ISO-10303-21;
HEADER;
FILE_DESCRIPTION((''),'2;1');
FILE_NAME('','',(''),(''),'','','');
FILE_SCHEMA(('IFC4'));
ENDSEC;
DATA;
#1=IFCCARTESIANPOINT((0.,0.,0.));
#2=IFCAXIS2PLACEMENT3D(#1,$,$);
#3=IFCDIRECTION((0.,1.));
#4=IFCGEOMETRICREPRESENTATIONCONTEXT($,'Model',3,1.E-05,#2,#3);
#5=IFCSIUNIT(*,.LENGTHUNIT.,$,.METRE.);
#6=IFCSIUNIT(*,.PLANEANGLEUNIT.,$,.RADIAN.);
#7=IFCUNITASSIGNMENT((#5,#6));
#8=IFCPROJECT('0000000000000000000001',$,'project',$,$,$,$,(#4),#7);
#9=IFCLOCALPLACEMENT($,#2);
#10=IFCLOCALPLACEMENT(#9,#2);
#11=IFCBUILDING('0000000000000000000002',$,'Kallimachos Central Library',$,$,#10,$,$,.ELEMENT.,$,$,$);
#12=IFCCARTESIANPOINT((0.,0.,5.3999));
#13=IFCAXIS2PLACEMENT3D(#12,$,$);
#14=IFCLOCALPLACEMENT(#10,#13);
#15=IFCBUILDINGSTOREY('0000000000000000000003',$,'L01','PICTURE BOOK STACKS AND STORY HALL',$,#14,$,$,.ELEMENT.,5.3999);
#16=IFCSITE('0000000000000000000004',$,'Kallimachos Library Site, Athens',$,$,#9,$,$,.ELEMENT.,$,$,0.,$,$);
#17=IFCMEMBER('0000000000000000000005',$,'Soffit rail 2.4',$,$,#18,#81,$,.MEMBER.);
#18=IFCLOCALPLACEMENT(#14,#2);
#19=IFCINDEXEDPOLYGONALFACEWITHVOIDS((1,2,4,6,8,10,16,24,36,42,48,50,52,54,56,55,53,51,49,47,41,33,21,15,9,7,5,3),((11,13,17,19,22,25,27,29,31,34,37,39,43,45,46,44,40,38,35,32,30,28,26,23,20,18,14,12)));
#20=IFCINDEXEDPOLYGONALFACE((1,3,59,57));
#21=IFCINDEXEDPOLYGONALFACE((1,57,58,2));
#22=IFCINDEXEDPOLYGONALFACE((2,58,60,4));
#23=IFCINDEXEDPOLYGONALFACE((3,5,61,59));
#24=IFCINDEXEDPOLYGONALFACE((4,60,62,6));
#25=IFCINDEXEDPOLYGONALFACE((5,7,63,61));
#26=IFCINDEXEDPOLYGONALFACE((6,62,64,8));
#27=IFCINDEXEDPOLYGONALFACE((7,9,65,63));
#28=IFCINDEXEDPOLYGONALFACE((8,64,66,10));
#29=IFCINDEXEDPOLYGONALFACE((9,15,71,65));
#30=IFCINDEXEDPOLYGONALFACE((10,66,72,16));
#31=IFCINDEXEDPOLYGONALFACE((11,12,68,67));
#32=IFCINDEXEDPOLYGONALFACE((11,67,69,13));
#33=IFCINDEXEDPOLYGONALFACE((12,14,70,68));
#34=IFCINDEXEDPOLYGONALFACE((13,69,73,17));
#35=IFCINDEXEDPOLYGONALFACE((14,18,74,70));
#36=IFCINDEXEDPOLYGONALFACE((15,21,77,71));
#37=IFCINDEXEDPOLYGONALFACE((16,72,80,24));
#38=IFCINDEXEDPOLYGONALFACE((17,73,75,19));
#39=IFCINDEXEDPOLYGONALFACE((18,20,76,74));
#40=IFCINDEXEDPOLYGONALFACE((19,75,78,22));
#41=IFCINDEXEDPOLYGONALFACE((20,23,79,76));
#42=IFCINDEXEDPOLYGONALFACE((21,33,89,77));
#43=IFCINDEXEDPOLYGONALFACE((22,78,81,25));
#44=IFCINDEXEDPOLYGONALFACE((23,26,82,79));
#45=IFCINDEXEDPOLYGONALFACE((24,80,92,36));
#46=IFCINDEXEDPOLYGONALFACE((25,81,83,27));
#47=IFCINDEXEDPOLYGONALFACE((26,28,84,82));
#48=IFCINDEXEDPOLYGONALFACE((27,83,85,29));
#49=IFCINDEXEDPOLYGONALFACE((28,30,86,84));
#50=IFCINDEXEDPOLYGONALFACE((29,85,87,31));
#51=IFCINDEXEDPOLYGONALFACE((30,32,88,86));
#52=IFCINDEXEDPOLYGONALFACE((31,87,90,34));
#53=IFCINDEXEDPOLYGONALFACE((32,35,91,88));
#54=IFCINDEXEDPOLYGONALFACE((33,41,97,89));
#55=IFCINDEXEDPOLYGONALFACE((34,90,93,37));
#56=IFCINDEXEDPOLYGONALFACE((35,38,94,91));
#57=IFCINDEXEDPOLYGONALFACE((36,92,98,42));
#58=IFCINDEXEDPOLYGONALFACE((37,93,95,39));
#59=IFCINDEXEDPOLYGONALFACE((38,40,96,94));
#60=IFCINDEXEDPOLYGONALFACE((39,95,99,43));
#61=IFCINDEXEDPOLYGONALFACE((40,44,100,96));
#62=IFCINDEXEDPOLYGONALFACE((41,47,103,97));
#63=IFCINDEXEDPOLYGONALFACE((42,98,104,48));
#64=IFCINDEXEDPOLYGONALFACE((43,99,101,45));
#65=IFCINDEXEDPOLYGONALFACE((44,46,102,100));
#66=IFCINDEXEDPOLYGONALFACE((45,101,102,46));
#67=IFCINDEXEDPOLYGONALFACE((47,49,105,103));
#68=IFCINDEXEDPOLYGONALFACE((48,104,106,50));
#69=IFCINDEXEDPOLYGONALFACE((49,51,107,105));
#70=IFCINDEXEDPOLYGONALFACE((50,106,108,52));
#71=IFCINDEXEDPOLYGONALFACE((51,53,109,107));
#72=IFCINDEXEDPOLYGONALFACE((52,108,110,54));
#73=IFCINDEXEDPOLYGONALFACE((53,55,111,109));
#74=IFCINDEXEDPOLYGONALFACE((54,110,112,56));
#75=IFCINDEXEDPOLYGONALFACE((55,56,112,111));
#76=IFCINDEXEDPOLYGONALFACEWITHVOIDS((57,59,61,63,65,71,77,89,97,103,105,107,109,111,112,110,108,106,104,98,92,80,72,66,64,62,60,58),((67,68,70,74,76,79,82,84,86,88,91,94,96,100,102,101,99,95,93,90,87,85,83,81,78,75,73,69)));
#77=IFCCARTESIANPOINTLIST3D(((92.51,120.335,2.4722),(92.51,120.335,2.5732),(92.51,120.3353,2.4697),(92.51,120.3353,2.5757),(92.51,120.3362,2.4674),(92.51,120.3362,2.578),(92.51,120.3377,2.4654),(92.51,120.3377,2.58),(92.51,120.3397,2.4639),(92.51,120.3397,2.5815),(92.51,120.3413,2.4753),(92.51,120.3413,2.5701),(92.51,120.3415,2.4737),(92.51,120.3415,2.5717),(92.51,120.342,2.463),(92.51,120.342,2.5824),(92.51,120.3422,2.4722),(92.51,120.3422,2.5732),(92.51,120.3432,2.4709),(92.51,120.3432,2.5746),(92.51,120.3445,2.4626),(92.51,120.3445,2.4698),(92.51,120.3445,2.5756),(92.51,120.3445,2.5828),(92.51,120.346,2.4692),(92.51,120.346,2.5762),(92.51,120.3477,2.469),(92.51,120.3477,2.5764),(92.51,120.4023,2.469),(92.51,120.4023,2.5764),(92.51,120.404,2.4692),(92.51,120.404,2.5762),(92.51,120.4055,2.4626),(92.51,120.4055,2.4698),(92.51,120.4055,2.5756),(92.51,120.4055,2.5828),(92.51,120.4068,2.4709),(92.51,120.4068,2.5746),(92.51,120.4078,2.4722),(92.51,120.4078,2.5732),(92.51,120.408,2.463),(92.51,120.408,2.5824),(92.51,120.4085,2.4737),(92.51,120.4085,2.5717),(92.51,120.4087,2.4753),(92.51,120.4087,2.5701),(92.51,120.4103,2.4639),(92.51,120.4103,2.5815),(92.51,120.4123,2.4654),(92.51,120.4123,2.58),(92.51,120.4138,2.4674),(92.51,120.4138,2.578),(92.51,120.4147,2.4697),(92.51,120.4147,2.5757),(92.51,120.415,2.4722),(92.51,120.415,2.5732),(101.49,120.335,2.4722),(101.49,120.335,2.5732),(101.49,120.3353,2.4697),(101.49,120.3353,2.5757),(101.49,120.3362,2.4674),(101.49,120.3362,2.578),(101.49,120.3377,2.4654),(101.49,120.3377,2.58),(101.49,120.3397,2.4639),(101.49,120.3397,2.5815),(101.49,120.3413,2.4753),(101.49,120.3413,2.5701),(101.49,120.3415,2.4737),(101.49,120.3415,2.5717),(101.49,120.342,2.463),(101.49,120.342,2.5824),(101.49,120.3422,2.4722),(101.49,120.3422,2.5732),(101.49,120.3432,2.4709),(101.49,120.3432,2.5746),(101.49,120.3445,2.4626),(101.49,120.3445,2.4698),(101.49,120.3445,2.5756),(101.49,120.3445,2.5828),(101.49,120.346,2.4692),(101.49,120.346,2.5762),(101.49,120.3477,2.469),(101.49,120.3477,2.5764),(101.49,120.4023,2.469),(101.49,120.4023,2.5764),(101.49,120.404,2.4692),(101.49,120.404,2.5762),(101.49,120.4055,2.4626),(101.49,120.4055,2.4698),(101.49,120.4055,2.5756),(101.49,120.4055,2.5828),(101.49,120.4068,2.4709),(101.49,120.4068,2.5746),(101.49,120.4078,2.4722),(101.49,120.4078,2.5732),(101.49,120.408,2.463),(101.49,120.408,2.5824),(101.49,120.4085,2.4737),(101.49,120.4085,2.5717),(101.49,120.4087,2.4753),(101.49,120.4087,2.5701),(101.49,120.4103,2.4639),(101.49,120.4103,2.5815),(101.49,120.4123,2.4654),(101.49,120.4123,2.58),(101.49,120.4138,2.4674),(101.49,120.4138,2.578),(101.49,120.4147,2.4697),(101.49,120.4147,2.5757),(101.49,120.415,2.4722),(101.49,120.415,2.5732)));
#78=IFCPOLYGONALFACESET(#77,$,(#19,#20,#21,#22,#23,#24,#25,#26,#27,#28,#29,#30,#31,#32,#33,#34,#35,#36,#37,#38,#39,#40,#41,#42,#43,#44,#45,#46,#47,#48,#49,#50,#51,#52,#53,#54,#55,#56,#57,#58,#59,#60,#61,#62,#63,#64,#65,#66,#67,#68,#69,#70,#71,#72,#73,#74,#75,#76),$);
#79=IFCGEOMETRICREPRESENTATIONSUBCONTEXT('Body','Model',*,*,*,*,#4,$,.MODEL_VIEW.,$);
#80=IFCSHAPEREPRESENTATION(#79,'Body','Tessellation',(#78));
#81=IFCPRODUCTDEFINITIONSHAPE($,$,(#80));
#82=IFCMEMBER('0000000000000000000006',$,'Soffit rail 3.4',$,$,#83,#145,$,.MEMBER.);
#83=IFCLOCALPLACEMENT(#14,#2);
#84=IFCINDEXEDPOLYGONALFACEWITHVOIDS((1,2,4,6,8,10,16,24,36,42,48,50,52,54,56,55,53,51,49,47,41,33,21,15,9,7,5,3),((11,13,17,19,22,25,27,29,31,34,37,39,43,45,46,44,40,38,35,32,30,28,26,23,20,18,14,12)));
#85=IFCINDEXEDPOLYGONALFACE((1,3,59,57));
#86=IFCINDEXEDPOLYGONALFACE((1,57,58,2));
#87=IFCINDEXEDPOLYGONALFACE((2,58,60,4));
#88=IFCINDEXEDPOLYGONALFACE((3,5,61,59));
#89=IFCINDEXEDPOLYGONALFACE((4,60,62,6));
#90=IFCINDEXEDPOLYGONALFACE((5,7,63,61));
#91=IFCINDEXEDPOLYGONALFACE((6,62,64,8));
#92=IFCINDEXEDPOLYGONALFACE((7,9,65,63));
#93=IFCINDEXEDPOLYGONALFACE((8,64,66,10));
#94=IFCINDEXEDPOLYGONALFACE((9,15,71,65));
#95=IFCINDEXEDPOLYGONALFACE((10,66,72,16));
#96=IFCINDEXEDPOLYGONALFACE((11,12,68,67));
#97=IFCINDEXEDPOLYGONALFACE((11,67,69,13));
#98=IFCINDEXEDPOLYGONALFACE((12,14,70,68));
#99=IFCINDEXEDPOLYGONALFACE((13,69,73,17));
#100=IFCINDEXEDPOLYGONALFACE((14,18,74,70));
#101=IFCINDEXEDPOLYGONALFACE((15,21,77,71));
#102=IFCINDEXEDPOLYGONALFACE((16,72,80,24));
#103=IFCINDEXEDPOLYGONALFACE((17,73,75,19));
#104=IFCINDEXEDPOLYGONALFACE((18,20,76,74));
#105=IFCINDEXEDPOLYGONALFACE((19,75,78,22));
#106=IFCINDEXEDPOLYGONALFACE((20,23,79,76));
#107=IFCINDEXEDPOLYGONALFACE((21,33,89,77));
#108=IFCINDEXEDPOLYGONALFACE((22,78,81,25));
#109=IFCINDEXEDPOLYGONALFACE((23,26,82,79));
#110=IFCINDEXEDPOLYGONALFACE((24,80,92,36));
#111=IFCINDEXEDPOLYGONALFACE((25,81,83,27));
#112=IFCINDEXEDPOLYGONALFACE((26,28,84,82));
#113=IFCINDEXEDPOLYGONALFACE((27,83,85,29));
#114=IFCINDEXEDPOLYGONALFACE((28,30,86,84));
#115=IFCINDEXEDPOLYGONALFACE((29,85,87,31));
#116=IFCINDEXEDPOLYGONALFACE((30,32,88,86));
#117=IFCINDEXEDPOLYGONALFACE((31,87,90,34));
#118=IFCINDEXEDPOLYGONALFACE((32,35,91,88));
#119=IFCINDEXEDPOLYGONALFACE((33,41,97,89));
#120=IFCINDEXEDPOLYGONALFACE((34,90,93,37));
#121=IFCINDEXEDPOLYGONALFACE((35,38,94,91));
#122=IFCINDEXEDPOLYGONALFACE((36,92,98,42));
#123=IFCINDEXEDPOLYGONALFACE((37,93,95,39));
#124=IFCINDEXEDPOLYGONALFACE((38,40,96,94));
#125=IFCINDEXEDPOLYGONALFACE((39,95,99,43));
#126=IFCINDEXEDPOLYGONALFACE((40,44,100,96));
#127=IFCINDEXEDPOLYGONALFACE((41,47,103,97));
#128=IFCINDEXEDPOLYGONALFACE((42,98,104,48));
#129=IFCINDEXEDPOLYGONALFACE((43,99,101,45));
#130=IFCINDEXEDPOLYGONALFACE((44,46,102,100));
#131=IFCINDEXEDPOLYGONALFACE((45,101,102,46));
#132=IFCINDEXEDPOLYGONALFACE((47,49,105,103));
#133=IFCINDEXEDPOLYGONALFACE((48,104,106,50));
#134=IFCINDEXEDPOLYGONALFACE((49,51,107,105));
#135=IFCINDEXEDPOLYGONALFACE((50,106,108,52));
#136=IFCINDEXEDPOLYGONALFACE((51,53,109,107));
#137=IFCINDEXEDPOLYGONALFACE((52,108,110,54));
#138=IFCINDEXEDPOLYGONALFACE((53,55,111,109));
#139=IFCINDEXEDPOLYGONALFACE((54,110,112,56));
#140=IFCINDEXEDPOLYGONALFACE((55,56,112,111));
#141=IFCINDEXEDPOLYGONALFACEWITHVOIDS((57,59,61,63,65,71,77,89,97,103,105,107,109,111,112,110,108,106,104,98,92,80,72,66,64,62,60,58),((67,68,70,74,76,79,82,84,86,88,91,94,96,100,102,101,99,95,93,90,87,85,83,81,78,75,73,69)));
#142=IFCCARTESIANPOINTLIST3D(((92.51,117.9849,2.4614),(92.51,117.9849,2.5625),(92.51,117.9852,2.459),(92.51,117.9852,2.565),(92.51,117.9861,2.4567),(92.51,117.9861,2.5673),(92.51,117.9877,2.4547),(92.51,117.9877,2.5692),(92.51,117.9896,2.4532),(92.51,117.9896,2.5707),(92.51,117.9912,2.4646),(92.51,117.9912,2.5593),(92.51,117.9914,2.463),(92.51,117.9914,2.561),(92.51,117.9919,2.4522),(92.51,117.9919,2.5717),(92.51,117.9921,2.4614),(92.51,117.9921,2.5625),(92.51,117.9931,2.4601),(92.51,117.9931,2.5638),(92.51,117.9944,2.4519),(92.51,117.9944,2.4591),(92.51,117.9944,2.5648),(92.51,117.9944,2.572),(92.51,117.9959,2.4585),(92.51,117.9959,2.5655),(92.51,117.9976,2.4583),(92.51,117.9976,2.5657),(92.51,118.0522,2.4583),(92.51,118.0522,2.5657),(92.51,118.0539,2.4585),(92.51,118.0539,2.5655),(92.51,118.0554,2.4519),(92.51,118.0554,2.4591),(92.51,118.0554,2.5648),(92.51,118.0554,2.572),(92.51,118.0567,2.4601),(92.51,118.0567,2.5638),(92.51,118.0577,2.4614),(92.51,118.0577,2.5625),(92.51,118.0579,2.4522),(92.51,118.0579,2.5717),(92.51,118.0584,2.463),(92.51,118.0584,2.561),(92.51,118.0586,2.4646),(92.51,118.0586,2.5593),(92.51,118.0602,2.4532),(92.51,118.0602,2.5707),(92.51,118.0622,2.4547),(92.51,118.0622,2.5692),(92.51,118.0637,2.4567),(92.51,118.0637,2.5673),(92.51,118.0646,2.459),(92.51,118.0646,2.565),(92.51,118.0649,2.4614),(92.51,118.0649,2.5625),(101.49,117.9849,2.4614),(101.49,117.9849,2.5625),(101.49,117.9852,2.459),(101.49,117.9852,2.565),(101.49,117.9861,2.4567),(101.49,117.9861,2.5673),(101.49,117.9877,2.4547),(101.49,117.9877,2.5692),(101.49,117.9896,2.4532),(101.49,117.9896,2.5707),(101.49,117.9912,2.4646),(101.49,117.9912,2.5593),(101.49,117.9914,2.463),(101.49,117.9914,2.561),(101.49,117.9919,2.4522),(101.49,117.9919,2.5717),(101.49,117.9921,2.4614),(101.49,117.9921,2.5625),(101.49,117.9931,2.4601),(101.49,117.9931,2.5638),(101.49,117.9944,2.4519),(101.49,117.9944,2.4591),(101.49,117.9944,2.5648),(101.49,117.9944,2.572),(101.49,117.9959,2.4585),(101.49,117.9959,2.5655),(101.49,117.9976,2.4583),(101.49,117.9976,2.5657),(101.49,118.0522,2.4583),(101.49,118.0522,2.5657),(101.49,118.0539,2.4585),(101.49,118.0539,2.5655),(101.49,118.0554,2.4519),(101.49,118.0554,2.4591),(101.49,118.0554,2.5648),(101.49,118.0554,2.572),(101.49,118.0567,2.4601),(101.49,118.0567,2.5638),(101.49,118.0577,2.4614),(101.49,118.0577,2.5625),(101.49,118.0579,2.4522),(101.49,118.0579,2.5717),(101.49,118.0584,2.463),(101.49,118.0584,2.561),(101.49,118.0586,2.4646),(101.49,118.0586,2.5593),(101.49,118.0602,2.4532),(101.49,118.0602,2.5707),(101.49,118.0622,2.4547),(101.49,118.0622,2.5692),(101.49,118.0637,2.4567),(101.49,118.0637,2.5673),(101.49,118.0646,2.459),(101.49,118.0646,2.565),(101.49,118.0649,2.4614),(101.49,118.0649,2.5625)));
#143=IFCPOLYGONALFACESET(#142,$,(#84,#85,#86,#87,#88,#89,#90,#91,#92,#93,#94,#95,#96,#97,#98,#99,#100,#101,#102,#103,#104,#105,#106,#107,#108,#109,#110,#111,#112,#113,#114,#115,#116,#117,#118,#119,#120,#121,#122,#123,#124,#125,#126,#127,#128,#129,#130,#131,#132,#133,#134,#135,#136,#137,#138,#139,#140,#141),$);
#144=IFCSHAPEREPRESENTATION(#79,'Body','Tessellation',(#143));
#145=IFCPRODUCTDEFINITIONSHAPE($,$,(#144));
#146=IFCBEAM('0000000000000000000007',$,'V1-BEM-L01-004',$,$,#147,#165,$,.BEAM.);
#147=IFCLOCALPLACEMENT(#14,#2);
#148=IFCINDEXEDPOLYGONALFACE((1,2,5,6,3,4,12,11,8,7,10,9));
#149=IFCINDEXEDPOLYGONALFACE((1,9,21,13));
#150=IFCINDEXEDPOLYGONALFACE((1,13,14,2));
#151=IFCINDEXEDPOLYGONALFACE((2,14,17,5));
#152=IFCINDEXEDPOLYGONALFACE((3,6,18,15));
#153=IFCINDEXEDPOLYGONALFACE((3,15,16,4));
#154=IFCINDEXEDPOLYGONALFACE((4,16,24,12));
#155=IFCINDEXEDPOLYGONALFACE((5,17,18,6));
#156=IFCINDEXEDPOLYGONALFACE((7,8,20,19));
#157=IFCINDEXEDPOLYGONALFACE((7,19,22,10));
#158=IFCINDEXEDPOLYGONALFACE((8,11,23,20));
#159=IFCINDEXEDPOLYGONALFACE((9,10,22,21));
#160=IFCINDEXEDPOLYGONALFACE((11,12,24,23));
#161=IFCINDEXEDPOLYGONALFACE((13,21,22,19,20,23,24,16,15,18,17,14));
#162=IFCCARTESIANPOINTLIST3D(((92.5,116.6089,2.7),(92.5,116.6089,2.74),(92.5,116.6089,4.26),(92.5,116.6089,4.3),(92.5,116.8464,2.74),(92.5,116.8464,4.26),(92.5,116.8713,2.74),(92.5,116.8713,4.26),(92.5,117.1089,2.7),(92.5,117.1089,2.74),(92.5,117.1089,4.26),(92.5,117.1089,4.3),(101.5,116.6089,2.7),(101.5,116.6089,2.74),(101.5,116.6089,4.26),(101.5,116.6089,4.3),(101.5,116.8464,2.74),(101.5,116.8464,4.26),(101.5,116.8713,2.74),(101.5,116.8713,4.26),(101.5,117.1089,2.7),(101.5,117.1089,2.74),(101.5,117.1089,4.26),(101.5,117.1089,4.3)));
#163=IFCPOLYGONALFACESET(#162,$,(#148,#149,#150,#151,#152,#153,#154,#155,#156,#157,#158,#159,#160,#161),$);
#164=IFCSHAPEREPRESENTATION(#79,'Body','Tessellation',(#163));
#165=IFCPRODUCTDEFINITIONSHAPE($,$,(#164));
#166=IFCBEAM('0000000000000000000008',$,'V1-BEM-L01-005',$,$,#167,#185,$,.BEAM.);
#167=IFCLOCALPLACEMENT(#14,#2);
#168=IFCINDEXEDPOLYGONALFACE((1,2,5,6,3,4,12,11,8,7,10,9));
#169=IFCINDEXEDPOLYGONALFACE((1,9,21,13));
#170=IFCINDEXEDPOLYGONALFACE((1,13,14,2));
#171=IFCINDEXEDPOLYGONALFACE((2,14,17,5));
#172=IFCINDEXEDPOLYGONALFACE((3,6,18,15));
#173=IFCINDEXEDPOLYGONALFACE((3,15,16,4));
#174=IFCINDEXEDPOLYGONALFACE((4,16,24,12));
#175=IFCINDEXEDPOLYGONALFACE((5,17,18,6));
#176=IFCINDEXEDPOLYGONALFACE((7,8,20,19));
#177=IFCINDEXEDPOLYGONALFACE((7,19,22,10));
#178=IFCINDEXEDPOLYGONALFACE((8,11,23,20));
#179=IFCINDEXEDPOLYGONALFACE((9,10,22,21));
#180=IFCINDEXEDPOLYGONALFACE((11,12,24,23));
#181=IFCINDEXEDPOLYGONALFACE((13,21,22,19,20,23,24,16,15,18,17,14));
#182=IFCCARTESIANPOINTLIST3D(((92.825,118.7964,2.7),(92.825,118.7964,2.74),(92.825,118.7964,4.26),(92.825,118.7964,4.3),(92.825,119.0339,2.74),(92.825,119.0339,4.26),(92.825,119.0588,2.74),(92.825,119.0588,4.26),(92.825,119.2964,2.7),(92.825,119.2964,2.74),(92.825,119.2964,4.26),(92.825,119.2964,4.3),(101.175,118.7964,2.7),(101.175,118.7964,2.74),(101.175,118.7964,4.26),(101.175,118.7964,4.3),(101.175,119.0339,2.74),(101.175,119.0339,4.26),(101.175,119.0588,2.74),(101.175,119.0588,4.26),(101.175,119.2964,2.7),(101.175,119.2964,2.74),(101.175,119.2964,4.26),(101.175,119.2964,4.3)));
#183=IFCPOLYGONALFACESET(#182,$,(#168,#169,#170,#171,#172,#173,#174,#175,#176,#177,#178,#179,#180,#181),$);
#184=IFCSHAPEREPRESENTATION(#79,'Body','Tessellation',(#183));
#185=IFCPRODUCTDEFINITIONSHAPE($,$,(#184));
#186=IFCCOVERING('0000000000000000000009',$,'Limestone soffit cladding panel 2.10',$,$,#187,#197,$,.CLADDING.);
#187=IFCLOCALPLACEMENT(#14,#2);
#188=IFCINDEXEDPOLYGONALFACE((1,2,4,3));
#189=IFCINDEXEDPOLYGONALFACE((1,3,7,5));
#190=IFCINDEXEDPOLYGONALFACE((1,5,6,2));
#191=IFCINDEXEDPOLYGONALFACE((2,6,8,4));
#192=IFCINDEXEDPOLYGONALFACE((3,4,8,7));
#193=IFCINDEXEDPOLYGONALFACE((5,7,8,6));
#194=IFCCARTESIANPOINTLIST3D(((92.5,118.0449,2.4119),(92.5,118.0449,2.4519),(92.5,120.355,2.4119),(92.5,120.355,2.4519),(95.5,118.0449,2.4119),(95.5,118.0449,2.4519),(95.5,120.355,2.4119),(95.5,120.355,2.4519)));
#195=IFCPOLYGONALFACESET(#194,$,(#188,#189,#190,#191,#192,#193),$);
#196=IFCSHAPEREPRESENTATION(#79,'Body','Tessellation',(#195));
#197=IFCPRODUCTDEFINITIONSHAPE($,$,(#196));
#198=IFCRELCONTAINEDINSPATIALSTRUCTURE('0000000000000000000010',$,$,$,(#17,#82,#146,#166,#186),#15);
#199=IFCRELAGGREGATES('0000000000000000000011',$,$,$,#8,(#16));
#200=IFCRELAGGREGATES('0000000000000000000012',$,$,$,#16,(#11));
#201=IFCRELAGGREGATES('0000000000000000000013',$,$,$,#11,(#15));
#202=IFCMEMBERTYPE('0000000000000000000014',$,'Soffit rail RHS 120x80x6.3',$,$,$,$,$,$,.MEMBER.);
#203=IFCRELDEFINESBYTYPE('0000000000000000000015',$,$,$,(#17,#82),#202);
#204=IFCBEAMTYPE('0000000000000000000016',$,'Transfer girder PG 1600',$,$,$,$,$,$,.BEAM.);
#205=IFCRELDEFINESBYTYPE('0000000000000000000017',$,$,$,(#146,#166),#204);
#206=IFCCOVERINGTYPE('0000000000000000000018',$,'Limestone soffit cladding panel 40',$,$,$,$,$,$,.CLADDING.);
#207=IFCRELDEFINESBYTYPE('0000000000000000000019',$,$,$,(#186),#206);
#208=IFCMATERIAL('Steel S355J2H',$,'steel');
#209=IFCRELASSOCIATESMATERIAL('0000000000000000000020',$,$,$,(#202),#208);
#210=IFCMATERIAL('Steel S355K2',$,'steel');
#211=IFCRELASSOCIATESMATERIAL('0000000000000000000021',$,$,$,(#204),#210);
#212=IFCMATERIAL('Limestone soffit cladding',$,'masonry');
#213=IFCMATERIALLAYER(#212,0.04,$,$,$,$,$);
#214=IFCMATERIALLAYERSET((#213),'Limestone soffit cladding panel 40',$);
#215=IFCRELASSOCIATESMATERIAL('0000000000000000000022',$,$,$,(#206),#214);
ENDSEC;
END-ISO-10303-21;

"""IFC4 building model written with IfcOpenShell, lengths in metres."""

from ifc_helpers import new_model, si_unit, direction, frame, origin, origin_2d, place, context, subcontext, project, spatial, polyline, hollow_rectangle, i_section, outline, extrude, material, layer, layer_set, material_profile, profile_set, type_object, element, save


model = new_model("IFC4")

# Units and contexts
model_context = context("Model", 3, precision=1e-05, world=origin(), true_north=direction((0.0, 1.0)))
body_context = subcontext(model_context, "Body", "Model", "MODEL_VIEW")
ifc_project = project(units=[si_unit("LENGTHUNIT", "METRE"), si_unit("PLANEANGLEUNIT", "RADIAN")], contexts=[model_context])

# Site, building, storey
site_placement = place(None, origin())
site = spatial("IfcSite", under=ifc_project, at=site_placement, Name="Kallimachos Library Site, Athens", CompositionType="ELEMENT", RefElevation=0.0)
building_placement = place(site_placement, origin())
building = spatial("IfcBuilding", under=site, at=building_placement, Name="Kallimachos Central Library", CompositionType="ELEMENT")
storey_placement = place(building_placement, frame((0.0, 0.0, 5.3999)))
storey = spatial("IfcBuildingStorey", under=building, at=storey_placement, Name="L01", Description="PICTURE BOOK STACKS AND STORY HALL", CompositionType="ELEMENT", Elevation=5.3999)

# Members
ifc_material_1 = material(Name="Steel S355J2H", Category="steel")
ifc_material_profile_1 = material_profile(ifc_material_1, hollow_rectangle(XDim=0.0801, YDim=0.1201, WallThickness=0.0063, InnerFilletRadius=0.0063, OuterFilletRadius=0.0095, at=origin_2d()), Name="RHS 120x80x6.3")
ifc_profile_set_1 = profile_set([ifc_material_profile_1], Name="Steel S355J2H")
member_type_1 = type_object("IfcMemberType", Name="Soffit rail RHS 120x80x6.3", PredefinedType="MEMBER", material=ifc_profile_set_1)
for number, where, z_axis, x_axis, name in (
    (1, (92.51, 120.375, 2.5227), (1.0, 0.0, 0.0), (0.0, 1.0, 0.0), "Soffit rail 2.4"),
    (2, (92.51, 118.0249, 2.512), (1.0, 0.0, 0.0), (0.0, 1.0, 0.0), "Soffit rail 3.4"),
):
    element("IfcMember", number, at=place(storey_placement, frame(where, z_axis=z_axis, x_axis=x_axis)), inside=storey, type_object=member_type_1, Name=name, PredefinedType="MEMBER", context=body_context, shape_type="SweptSolid", body=[
        extrude(hollow_rectangle(XDim=0.0801, YDim=0.1201, WallThickness=0.0063, InnerFilletRadius=0.0063, OuterFilletRadius=0.0095, at=origin_2d()), origin(), (0.0, 0.0, 1.0), 8.98),
    ])

# Beams
ifc_material_2 = material(Name="Steel S355K2", Category="steel")
ifc_material_profile_2 = material_profile(ifc_material_2, i_section(OverallWidth=0.5, OverallDepth=1.6001, WebThickness=0.0249, FlangeThickness=0.04, at=origin_2d()), Name="PG 1600x500-25/40")
ifc_profile_set_2 = profile_set([ifc_material_profile_2], Name="Steel S355K2")
beam_type_1 = type_object("IfcBeamType", Name="Transfer girder PG 1600", PredefinedType="BEAM", material=ifc_profile_set_2)
beam_1_placement = place(storey_placement, frame((92.5, 116.8589, 3.5), z_axis=(1.0, 0.0, 0.0), x_axis=(0.0, 1.0, 0.0)))
element("IfcBeam", 3, at=beam_1_placement, inside=storey, type_object=beam_type_1, Name="V1-BEM-L01-004", PredefinedType="BEAM", context=body_context, shape_type="SweptSolid", body=[
    extrude(i_section(OverallWidth=0.5, OverallDepth=1.6001, WebThickness=0.0249, FlangeThickness=0.04, at=origin_2d()), origin(), (0.0, 0.0, 1.0), 9.0),
])
beam_2_placement = place(storey_placement, frame((92.825, 119.0464, 3.5), z_axis=(1.0, 0.0, 0.0), x_axis=(0.0, 1.0, 0.0)))
element("IfcBeam", 4, at=beam_2_placement, inside=storey, type_object=beam_type_1, Name="V1-BEM-L01-005", PredefinedType="BEAM", context=body_context, shape_type="SweptSolid", body=[
    extrude(i_section(OverallWidth=0.5, OverallDepth=1.6001, WebThickness=0.0249, FlangeThickness=0.04, at=origin_2d()), origin(), (0.0, 0.0, 1.0), 8.3501),
])

# Covering
ifc_material_3 = material(Name="Limestone soffit cladding", Category="masonry")
ifc_layer_1 = layer(ifc_material_3, 0.04)
ifc_layer_set_1 = layer_set([ifc_layer_1], Name="Limestone soffit cladding panel 40")
covering_type_1 = type_object("IfcCoveringType", Name="Limestone soffit cladding panel 40", PredefinedType="CLADDING", material=ifc_layer_set_1)
for number, where, z_axis, x_axis, name in (
    (5, (92.5, 120.355, 2.4519), (0.0, 0.0, 1.0), (1.0, 0.0, 0.0), "Limestone soffit cladding panel 2.10"),
):
    element("IfcCovering", number, at=place(storey_placement, frame(where, z_axis=z_axis, x_axis=x_axis)), inside=storey, type_object=covering_type_1, Name=name, PredefinedType="CLADDING", context=body_context, shape_type="SweptSolid", body=[
        extrude(outline(polyline([(0.0, 0.0), (3.0, 0.0), (3.0, -2.3101), (0.0, -2.3101), (0.0, 0.0)])), origin(), (0.0, 0.0, -1.0), 0.04),
    ])

save(model, "model.ifc")
